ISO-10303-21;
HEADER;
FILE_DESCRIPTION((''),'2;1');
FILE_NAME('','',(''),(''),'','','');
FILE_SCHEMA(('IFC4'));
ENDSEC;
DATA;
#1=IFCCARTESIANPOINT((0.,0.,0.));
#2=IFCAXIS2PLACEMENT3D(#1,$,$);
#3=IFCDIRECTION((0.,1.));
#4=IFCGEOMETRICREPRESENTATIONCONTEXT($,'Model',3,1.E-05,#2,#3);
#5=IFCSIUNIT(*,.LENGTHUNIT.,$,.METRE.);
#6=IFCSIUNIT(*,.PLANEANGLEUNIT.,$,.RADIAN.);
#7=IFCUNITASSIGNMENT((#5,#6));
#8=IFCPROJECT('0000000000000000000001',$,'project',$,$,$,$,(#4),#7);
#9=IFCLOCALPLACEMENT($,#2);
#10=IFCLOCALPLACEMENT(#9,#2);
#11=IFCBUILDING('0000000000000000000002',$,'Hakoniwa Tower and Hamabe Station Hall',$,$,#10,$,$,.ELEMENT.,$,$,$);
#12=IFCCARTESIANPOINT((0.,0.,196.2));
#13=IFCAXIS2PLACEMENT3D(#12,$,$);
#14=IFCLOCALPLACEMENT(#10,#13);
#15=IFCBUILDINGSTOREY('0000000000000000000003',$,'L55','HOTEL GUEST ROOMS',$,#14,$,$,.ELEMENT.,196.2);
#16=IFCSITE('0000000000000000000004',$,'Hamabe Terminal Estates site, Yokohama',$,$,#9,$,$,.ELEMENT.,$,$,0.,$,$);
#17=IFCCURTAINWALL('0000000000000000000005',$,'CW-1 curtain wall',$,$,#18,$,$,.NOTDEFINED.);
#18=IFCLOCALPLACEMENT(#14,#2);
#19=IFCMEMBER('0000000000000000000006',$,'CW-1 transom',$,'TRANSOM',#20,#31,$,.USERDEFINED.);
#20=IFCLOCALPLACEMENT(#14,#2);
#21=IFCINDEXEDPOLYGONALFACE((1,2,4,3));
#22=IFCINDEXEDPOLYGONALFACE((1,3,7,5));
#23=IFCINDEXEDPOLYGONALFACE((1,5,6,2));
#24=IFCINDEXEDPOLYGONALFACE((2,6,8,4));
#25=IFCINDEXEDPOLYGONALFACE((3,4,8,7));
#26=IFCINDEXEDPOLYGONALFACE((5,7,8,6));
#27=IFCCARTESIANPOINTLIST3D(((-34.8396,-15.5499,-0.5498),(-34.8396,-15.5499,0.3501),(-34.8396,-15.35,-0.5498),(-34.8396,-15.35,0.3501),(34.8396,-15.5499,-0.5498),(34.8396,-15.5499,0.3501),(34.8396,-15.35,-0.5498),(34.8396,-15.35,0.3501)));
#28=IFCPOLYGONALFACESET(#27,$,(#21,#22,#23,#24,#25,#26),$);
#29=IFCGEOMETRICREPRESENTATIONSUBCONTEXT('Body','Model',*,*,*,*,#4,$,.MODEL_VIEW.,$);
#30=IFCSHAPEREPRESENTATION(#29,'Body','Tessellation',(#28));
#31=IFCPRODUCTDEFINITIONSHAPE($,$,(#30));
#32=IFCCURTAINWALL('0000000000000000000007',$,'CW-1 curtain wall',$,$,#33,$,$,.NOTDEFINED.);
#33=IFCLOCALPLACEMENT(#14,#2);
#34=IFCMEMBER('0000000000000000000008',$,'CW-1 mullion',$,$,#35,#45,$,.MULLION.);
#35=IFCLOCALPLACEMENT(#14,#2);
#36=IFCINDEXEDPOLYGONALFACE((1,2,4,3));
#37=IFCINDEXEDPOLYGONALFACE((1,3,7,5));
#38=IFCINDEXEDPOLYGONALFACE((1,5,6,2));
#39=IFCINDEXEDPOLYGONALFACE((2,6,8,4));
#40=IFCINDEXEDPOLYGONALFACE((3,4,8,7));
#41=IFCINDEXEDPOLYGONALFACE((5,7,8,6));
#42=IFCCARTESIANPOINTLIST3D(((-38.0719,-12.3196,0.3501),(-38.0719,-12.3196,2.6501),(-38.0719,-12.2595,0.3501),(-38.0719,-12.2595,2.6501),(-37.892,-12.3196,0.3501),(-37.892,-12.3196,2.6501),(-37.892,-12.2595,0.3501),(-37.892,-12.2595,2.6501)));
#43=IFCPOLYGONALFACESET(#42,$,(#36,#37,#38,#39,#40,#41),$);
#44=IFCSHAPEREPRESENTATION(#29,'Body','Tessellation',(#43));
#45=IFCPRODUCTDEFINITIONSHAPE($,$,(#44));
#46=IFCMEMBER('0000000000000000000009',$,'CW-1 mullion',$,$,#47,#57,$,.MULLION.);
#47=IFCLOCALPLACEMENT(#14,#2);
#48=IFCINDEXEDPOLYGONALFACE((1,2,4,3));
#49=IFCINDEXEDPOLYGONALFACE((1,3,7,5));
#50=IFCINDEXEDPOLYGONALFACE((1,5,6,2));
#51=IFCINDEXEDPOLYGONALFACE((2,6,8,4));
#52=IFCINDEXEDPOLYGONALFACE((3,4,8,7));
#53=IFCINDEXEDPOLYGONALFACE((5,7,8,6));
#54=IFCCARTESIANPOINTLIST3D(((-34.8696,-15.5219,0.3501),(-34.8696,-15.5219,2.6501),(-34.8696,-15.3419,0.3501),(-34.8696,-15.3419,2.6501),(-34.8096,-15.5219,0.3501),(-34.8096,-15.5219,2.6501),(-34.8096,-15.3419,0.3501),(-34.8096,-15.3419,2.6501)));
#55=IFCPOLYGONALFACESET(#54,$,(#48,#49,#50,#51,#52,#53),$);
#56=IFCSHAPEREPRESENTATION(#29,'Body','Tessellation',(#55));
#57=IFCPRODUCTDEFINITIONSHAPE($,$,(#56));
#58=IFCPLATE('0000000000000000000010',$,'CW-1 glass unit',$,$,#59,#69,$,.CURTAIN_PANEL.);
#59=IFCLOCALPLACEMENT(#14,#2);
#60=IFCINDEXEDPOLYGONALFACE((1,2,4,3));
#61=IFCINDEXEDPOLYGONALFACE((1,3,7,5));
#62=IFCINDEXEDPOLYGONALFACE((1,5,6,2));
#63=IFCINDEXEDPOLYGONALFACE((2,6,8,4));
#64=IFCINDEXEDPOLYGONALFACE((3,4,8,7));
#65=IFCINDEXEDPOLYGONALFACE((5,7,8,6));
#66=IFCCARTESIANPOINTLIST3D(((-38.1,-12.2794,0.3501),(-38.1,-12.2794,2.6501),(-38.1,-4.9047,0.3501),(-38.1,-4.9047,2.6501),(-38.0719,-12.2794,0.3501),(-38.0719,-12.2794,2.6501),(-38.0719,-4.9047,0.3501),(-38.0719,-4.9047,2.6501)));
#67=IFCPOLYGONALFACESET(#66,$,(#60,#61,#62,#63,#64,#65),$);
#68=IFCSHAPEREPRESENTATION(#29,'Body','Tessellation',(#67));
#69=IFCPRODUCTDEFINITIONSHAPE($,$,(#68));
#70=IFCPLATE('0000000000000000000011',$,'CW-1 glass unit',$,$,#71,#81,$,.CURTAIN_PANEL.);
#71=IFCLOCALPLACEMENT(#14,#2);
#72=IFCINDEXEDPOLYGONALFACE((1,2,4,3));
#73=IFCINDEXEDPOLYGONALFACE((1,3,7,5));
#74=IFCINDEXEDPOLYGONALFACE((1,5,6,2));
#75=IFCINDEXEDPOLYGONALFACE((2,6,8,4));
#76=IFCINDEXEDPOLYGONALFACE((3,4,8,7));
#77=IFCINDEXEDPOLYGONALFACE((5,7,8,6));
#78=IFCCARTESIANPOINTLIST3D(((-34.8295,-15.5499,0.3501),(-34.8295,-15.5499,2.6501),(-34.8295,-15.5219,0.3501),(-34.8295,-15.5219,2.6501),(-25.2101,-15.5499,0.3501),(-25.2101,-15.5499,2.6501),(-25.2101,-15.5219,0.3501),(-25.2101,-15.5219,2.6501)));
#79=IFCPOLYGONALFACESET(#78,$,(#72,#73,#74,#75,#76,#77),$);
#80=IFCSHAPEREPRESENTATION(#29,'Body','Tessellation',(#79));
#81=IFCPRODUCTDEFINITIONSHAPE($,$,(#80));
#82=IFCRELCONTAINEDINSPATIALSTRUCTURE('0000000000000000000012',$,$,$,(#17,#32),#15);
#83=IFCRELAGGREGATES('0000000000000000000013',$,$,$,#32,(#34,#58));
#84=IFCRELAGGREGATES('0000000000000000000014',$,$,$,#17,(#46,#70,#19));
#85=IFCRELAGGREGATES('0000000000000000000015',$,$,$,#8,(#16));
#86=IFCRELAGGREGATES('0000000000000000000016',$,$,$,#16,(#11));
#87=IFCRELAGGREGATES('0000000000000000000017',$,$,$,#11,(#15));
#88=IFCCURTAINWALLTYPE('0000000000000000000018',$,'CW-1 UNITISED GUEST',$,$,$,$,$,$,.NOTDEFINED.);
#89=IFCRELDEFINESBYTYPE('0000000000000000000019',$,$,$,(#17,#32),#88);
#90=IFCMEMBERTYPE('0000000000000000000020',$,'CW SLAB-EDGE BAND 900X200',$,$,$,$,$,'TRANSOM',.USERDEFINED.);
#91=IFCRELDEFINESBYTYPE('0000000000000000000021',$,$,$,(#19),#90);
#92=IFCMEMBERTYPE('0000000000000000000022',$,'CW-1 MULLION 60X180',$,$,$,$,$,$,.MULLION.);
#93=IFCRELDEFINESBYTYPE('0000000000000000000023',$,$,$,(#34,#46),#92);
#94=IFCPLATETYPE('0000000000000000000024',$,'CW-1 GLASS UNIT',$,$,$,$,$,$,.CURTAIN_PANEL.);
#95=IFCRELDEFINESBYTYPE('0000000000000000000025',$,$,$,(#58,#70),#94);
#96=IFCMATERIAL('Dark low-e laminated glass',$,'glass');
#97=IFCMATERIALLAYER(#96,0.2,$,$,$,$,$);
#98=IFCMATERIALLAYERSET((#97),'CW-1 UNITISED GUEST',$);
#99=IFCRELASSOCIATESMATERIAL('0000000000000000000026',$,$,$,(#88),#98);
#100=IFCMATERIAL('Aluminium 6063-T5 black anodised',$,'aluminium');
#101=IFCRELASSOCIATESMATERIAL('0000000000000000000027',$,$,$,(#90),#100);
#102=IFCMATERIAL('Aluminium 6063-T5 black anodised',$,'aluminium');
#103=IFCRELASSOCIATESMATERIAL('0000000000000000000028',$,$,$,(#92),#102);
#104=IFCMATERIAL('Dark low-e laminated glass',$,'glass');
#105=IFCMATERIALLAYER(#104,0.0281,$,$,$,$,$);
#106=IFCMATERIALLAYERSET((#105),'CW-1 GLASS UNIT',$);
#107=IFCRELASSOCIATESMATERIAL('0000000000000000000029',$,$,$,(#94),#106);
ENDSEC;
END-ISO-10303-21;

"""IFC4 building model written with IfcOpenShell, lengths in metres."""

from ifc_helpers import new_model, si_unit, direction, frame, origin, origin_2d, place, context, subcontext, project, spatial, rectangle, extrude, material, layer, layer_set, material_profile, profile_set, type_object, element, aggregate, save


model = new_model("IFC4")

# Units and contexts
model_context = context("Model", 3, precision=1e-05, world=origin(), true_north=direction((0.0, 1.0)))
body_context = subcontext(model_context, "Body", "Model", "MODEL_VIEW")
ifc_project = project(units=[si_unit("LENGTHUNIT", "METRE"), si_unit("PLANEANGLEUNIT", "RADIAN")], contexts=[model_context])

# Site, building, storey
site_placement = place(None, origin())
site = spatial("IfcSite", under=ifc_project, at=site_placement, Name="Hamabe Terminal Estates site, Yokohama", CompositionType="ELEMENT", RefElevation=0.0)
building_placement = place(site_placement, origin())
building = spatial("IfcBuilding", under=site, at=building_placement, Name="Hakoniwa Tower and Hamabe Station Hall", CompositionType="ELEMENT")
storey_placement = place(building_placement, frame((0.0, 0.0, 196.2)))
storey = spatial("IfcBuildingStorey", under=building, at=storey_placement, Name="L55", Description="HOTEL GUEST ROOMS", CompositionType="ELEMENT", Elevation=196.2)

# Curtain walls, members
ifc_material_1 = material(Name="Dark low-e laminated glass", Category="glass")
ifc_layer_1 = layer(ifc_material_1, 0.2)
ifc_layer_set_1 = layer_set([ifc_layer_1], Name="CW-1 UNITISED GUEST")
curtain_wall_type = type_object("IfcCurtainWallType", Name="CW-1 UNITISED GUEST", PredefinedType="NOTDEFINED", material=ifc_layer_set_1)
curtain_wall_1_placement = place(storey_placement, origin())
curtain_wall_1 = element("IfcCurtainWall", 1, at=curtain_wall_1_placement, inside=storey, type_object=curtain_wall_type, Name="CW-1 curtain wall", PredefinedType="NOTDEFINED")
ifc_material_2 = material(Name="Aluminium 6063-T5 black anodised", Category="aluminium")
ifc_material_profile_1 = material_profile(ifc_material_2, rectangle(XDim=0.2, YDim=0.8999, at=origin_2d()), Name="CW SLAB-EDGE BAND 900X200")
ifc_profile_set_1 = profile_set([ifc_material_profile_1], Name="Aluminium 6063-T5 black anodised")
member_type_1 = type_object("IfcMemberType", Name="CW SLAB-EDGE BAND 900X200", ElementType="TRANSOM", PredefinedType="USERDEFINED", material=ifc_profile_set_1)
member_1_placement = place(storey_placement, frame((-34.8396, -15.45, -0.0999), z_axis=(1.0, 0.0, 0.0), x_axis=(0.0, 1.0, 0.0)))
member_1 = element("IfcMember", 2, at=member_1_placement, type_object=member_type_1, Name="CW-1 transom", ObjectType="TRANSOM", PredefinedType="USERDEFINED", context=body_context, shape_type="SweptSolid", body=[
    extrude(rectangle(XDim=0.2, YDim=0.8999, at=origin_2d()), origin(), (0.0, 0.0, 1.0), 69.6792),
])
curtain_wall_2_placement = place(storey_placement, origin())
curtain_wall_2 = element("IfcCurtainWall", 3, at=curtain_wall_2_placement, inside=storey, type_object=curtain_wall_type, Name="CW-1 curtain wall", PredefinedType="NOTDEFINED")
ifc_material_3 = material(Name="Aluminium 6063-T5 black anodised", Category="aluminium")
ifc_material_profile_2 = material_profile(ifc_material_3, rectangle(XDim=0.0601, YDim=0.1799, at=origin_2d()), Name="CW-1 MULLION 60X180")
ifc_profile_set_2 = profile_set([ifc_material_profile_2], Name="Aluminium 6063-T5 black anodised")
member_type_2 = type_object("IfcMemberType", Name="CW-1 MULLION 60X180", PredefinedType="MULLION", material=ifc_profile_set_2)
member_2_placement = place(storey_placement, frame((-37.9819, -12.2896, 0.3501), z_axis=(0.0, 0.0, 1.0), x_axis=(0.0, -1.0, 0.0)))
member_2 = element("IfcMember", 4, at=member_2_placement, type_object=member_type_2, Name="CW-1 mullion", PredefinedType="MULLION", context=body_context, shape_type="SweptSolid", body=[
    extrude(rectangle(XDim=0.0601, YDim=0.1799, at=origin_2d()), origin(), (0.0, 0.0, 1.0), 2.3),
])

# Member
member_3_placement = place(storey_placement, frame((-34.8396, -15.4319, 0.3501), z_axis=(0.0, 0.0, 1.0), x_axis=(1.0, 0.0, 0.0)))
member_3 = element("IfcMember", 5, at=member_3_placement, type_object=member_type_2, Name="CW-1 mullion", PredefinedType="MULLION", context=body_context, shape_type="SweptSolid", body=[
    extrude(rectangle(XDim=0.0601, YDim=0.1799, at=origin_2d()), origin(), (0.0, 0.0, 1.0), 2.3),
])

# Plates
ifc_material_4 = material(Name="Dark low-e laminated glass", Category="glass")
ifc_layer_2 = layer(ifc_material_4, 0.0281)
ifc_layer_set_2 = layer_set([ifc_layer_2], Name="CW-1 GLASS UNIT")
plate_type = type_object("IfcPlateType", Name="CW-1 GLASS UNIT", PredefinedType="CURTAIN_PANEL", material=ifc_layer_set_2)
plate_1_placement = place(storey_placement, frame((-38.0859, -8.592, 0.3501), z_axis=(0.0, 0.0, 1.0), x_axis=(0.0, -1.0, 0.0)))
plate_1 = element("IfcPlate", 6, at=plate_1_placement, type_object=plate_type, Name="CW-1 glass unit", PredefinedType="CURTAIN_PANEL", context=body_context, shape_type="SweptSolid", body=[
    extrude(rectangle(XDim=7.3748, YDim=0.0281, at=origin_2d()), origin(), (0.0, 0.0, 1.0), 2.3),
])
aggregate(curtain_wall_2, [member_2, plate_1])
plate_2_placement = place(storey_placement, frame((-30.0198, -15.5359, 0.3501), z_axis=(0.0, 0.0, 1.0), x_axis=(1.0, 0.0, 0.0)))
plate_2 = element("IfcPlate", 7, at=plate_2_placement, type_object=plate_type, Name="CW-1 glass unit", PredefinedType="CURTAIN_PANEL", context=body_context, shape_type="SweptSolid", body=[
    extrude(rectangle(XDim=9.6194, YDim=0.0281, at=origin_2d()), origin(), (0.0, 0.0, 1.0), 2.3),
])
aggregate(curtain_wall_1, [member_3, plate_2, member_1])

save(model, "model.ifc")
